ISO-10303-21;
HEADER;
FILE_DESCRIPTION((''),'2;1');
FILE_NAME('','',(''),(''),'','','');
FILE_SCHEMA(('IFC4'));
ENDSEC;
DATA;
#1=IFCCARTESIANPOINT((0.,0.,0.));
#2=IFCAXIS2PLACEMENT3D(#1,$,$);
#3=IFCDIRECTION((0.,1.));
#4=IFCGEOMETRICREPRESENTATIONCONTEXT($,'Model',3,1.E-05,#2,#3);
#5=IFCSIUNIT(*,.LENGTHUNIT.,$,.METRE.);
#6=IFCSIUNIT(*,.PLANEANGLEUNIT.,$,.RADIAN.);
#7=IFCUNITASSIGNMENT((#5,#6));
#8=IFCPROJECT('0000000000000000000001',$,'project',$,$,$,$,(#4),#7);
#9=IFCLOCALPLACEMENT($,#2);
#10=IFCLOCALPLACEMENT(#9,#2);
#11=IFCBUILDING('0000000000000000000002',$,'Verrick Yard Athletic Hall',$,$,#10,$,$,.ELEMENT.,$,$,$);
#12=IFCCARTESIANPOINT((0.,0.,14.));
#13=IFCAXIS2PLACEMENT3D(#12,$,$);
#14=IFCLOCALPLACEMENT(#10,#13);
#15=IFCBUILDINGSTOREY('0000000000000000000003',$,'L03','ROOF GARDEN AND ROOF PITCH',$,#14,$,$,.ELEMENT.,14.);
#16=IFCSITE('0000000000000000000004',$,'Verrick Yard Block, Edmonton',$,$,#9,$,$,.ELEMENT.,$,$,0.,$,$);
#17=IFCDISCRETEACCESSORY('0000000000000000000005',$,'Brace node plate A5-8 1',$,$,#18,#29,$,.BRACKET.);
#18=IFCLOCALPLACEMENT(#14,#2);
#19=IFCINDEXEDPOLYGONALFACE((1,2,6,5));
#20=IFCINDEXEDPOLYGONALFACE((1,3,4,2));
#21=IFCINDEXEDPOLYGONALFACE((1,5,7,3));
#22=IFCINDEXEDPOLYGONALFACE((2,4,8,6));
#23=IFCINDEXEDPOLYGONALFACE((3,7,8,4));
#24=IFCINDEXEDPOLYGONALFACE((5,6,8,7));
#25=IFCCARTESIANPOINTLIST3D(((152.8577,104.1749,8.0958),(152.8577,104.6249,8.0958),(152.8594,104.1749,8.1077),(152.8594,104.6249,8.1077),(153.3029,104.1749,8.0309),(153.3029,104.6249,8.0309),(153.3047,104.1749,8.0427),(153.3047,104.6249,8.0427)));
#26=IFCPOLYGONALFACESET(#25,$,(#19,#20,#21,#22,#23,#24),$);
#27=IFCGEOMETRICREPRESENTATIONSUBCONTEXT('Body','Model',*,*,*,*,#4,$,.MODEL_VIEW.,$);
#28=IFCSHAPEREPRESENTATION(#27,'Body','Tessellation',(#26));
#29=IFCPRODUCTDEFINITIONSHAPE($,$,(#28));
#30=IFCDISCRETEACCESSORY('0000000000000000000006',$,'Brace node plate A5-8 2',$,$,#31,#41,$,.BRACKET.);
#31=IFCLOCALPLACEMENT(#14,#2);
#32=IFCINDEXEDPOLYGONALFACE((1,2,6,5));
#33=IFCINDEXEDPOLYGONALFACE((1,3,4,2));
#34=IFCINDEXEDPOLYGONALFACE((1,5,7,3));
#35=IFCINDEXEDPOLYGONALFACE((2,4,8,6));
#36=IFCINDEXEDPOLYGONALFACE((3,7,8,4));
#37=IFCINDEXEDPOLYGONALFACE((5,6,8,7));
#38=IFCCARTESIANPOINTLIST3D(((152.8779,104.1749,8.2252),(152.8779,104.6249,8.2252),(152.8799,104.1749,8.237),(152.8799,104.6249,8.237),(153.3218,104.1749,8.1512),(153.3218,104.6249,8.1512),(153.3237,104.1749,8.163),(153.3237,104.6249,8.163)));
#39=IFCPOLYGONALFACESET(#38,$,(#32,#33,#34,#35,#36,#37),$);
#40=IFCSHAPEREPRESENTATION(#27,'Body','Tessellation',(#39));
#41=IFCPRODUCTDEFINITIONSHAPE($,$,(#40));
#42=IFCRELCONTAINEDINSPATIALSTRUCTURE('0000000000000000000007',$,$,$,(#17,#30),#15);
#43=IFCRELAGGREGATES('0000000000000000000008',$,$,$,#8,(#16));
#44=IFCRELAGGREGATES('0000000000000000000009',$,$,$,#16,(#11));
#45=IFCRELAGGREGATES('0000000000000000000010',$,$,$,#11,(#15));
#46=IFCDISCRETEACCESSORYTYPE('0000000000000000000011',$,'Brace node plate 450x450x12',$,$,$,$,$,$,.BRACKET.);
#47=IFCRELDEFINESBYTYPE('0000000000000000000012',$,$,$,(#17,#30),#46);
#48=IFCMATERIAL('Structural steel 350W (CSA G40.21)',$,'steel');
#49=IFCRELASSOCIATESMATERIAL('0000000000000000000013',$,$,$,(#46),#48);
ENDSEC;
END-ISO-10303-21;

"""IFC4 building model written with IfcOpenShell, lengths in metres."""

from ifc_helpers import new_model, si_unit, direction, frame, origin, origin_2d, place, context, subcontext, project, spatial, rectangle, extrude, material, material_profile, profile_set, type_object, element, save


model = new_model("IFC4")

# Units and contexts
model_context = context("Model", 3, precision=1e-05, world=origin(), true_north=direction((0.0, 1.0)))
body_context = subcontext(model_context, "Body", "Model", "MODEL_VIEW")
ifc_project = project(units=[si_unit("LENGTHUNIT", "METRE"), si_unit("PLANEANGLEUNIT", "RADIAN")], contexts=[model_context])

# Site, building, storey
site_placement = place(None, origin())
site = spatial("IfcSite", under=ifc_project, at=site_placement, Name="Verrick Yard Block, Edmonton", CompositionType="ELEMENT", RefElevation=0.0)
building_placement = place(site_placement, origin())
building = spatial("IfcBuilding", under=site, at=building_placement, Name="Verrick Yard Athletic Hall", CompositionType="ELEMENT")
storey_placement = place(building_placement, frame((0.0, 0.0, 14.0)))
storey = spatial("IfcBuildingStorey", under=building, at=storey_placement, Name="L03", Description="ROOF GARDEN AND ROOF PITCH", CompositionType="ELEMENT", Elevation=14.0)

# Discrete accessories
ifc_material_1 = material(Name="Structural steel 350W (CSA G40.21)", Category="steel")
ifc_material_profile_1 = material_profile(ifc_material_1, rectangle(XDim=0.45, YDim=0.45, at=origin_2d()), Name="Brace node plate")
ifc_profile_set_1 = profile_set([ifc_material_profile_1], Name="Structural steel 350W (CSA G40.21)")
discrete_accessory_type_1 = type_object("IfcDiscreteAccessoryType", Name="Brace node plate 450x450x12", PredefinedType="BRACKET", material=ifc_profile_set_1)
for number, where, z_axis, x_axis, name in (
    (1, (153.082, 104.3999, 8.0752), (-0.144307, 0.0, -0.989533), (0.0, -1.0, 0.0), "Brace node plate A5-8 1"),
    (2, (153.0999, 104.3999, 8.1882), (0.164399, 0.0, 0.986394), (0.0, 1.0, 0.0), "Brace node plate A5-8 2"),
):
    element("IfcDiscreteAccessory", number, at=place(storey_placement, frame(where, z_axis=z_axis, x_axis=x_axis)), inside=storey, type_object=discrete_accessory_type_1, Name=name, PredefinedType="BRACKET", context=body_context, shape_type="SweptSolid", body=[
        extrude(rectangle(XDim=0.45, YDim=0.45, at=origin_2d()), origin(), (0.0, 0.0, 1.0), 0.012),
    ])

save(model, "model.ifc")
